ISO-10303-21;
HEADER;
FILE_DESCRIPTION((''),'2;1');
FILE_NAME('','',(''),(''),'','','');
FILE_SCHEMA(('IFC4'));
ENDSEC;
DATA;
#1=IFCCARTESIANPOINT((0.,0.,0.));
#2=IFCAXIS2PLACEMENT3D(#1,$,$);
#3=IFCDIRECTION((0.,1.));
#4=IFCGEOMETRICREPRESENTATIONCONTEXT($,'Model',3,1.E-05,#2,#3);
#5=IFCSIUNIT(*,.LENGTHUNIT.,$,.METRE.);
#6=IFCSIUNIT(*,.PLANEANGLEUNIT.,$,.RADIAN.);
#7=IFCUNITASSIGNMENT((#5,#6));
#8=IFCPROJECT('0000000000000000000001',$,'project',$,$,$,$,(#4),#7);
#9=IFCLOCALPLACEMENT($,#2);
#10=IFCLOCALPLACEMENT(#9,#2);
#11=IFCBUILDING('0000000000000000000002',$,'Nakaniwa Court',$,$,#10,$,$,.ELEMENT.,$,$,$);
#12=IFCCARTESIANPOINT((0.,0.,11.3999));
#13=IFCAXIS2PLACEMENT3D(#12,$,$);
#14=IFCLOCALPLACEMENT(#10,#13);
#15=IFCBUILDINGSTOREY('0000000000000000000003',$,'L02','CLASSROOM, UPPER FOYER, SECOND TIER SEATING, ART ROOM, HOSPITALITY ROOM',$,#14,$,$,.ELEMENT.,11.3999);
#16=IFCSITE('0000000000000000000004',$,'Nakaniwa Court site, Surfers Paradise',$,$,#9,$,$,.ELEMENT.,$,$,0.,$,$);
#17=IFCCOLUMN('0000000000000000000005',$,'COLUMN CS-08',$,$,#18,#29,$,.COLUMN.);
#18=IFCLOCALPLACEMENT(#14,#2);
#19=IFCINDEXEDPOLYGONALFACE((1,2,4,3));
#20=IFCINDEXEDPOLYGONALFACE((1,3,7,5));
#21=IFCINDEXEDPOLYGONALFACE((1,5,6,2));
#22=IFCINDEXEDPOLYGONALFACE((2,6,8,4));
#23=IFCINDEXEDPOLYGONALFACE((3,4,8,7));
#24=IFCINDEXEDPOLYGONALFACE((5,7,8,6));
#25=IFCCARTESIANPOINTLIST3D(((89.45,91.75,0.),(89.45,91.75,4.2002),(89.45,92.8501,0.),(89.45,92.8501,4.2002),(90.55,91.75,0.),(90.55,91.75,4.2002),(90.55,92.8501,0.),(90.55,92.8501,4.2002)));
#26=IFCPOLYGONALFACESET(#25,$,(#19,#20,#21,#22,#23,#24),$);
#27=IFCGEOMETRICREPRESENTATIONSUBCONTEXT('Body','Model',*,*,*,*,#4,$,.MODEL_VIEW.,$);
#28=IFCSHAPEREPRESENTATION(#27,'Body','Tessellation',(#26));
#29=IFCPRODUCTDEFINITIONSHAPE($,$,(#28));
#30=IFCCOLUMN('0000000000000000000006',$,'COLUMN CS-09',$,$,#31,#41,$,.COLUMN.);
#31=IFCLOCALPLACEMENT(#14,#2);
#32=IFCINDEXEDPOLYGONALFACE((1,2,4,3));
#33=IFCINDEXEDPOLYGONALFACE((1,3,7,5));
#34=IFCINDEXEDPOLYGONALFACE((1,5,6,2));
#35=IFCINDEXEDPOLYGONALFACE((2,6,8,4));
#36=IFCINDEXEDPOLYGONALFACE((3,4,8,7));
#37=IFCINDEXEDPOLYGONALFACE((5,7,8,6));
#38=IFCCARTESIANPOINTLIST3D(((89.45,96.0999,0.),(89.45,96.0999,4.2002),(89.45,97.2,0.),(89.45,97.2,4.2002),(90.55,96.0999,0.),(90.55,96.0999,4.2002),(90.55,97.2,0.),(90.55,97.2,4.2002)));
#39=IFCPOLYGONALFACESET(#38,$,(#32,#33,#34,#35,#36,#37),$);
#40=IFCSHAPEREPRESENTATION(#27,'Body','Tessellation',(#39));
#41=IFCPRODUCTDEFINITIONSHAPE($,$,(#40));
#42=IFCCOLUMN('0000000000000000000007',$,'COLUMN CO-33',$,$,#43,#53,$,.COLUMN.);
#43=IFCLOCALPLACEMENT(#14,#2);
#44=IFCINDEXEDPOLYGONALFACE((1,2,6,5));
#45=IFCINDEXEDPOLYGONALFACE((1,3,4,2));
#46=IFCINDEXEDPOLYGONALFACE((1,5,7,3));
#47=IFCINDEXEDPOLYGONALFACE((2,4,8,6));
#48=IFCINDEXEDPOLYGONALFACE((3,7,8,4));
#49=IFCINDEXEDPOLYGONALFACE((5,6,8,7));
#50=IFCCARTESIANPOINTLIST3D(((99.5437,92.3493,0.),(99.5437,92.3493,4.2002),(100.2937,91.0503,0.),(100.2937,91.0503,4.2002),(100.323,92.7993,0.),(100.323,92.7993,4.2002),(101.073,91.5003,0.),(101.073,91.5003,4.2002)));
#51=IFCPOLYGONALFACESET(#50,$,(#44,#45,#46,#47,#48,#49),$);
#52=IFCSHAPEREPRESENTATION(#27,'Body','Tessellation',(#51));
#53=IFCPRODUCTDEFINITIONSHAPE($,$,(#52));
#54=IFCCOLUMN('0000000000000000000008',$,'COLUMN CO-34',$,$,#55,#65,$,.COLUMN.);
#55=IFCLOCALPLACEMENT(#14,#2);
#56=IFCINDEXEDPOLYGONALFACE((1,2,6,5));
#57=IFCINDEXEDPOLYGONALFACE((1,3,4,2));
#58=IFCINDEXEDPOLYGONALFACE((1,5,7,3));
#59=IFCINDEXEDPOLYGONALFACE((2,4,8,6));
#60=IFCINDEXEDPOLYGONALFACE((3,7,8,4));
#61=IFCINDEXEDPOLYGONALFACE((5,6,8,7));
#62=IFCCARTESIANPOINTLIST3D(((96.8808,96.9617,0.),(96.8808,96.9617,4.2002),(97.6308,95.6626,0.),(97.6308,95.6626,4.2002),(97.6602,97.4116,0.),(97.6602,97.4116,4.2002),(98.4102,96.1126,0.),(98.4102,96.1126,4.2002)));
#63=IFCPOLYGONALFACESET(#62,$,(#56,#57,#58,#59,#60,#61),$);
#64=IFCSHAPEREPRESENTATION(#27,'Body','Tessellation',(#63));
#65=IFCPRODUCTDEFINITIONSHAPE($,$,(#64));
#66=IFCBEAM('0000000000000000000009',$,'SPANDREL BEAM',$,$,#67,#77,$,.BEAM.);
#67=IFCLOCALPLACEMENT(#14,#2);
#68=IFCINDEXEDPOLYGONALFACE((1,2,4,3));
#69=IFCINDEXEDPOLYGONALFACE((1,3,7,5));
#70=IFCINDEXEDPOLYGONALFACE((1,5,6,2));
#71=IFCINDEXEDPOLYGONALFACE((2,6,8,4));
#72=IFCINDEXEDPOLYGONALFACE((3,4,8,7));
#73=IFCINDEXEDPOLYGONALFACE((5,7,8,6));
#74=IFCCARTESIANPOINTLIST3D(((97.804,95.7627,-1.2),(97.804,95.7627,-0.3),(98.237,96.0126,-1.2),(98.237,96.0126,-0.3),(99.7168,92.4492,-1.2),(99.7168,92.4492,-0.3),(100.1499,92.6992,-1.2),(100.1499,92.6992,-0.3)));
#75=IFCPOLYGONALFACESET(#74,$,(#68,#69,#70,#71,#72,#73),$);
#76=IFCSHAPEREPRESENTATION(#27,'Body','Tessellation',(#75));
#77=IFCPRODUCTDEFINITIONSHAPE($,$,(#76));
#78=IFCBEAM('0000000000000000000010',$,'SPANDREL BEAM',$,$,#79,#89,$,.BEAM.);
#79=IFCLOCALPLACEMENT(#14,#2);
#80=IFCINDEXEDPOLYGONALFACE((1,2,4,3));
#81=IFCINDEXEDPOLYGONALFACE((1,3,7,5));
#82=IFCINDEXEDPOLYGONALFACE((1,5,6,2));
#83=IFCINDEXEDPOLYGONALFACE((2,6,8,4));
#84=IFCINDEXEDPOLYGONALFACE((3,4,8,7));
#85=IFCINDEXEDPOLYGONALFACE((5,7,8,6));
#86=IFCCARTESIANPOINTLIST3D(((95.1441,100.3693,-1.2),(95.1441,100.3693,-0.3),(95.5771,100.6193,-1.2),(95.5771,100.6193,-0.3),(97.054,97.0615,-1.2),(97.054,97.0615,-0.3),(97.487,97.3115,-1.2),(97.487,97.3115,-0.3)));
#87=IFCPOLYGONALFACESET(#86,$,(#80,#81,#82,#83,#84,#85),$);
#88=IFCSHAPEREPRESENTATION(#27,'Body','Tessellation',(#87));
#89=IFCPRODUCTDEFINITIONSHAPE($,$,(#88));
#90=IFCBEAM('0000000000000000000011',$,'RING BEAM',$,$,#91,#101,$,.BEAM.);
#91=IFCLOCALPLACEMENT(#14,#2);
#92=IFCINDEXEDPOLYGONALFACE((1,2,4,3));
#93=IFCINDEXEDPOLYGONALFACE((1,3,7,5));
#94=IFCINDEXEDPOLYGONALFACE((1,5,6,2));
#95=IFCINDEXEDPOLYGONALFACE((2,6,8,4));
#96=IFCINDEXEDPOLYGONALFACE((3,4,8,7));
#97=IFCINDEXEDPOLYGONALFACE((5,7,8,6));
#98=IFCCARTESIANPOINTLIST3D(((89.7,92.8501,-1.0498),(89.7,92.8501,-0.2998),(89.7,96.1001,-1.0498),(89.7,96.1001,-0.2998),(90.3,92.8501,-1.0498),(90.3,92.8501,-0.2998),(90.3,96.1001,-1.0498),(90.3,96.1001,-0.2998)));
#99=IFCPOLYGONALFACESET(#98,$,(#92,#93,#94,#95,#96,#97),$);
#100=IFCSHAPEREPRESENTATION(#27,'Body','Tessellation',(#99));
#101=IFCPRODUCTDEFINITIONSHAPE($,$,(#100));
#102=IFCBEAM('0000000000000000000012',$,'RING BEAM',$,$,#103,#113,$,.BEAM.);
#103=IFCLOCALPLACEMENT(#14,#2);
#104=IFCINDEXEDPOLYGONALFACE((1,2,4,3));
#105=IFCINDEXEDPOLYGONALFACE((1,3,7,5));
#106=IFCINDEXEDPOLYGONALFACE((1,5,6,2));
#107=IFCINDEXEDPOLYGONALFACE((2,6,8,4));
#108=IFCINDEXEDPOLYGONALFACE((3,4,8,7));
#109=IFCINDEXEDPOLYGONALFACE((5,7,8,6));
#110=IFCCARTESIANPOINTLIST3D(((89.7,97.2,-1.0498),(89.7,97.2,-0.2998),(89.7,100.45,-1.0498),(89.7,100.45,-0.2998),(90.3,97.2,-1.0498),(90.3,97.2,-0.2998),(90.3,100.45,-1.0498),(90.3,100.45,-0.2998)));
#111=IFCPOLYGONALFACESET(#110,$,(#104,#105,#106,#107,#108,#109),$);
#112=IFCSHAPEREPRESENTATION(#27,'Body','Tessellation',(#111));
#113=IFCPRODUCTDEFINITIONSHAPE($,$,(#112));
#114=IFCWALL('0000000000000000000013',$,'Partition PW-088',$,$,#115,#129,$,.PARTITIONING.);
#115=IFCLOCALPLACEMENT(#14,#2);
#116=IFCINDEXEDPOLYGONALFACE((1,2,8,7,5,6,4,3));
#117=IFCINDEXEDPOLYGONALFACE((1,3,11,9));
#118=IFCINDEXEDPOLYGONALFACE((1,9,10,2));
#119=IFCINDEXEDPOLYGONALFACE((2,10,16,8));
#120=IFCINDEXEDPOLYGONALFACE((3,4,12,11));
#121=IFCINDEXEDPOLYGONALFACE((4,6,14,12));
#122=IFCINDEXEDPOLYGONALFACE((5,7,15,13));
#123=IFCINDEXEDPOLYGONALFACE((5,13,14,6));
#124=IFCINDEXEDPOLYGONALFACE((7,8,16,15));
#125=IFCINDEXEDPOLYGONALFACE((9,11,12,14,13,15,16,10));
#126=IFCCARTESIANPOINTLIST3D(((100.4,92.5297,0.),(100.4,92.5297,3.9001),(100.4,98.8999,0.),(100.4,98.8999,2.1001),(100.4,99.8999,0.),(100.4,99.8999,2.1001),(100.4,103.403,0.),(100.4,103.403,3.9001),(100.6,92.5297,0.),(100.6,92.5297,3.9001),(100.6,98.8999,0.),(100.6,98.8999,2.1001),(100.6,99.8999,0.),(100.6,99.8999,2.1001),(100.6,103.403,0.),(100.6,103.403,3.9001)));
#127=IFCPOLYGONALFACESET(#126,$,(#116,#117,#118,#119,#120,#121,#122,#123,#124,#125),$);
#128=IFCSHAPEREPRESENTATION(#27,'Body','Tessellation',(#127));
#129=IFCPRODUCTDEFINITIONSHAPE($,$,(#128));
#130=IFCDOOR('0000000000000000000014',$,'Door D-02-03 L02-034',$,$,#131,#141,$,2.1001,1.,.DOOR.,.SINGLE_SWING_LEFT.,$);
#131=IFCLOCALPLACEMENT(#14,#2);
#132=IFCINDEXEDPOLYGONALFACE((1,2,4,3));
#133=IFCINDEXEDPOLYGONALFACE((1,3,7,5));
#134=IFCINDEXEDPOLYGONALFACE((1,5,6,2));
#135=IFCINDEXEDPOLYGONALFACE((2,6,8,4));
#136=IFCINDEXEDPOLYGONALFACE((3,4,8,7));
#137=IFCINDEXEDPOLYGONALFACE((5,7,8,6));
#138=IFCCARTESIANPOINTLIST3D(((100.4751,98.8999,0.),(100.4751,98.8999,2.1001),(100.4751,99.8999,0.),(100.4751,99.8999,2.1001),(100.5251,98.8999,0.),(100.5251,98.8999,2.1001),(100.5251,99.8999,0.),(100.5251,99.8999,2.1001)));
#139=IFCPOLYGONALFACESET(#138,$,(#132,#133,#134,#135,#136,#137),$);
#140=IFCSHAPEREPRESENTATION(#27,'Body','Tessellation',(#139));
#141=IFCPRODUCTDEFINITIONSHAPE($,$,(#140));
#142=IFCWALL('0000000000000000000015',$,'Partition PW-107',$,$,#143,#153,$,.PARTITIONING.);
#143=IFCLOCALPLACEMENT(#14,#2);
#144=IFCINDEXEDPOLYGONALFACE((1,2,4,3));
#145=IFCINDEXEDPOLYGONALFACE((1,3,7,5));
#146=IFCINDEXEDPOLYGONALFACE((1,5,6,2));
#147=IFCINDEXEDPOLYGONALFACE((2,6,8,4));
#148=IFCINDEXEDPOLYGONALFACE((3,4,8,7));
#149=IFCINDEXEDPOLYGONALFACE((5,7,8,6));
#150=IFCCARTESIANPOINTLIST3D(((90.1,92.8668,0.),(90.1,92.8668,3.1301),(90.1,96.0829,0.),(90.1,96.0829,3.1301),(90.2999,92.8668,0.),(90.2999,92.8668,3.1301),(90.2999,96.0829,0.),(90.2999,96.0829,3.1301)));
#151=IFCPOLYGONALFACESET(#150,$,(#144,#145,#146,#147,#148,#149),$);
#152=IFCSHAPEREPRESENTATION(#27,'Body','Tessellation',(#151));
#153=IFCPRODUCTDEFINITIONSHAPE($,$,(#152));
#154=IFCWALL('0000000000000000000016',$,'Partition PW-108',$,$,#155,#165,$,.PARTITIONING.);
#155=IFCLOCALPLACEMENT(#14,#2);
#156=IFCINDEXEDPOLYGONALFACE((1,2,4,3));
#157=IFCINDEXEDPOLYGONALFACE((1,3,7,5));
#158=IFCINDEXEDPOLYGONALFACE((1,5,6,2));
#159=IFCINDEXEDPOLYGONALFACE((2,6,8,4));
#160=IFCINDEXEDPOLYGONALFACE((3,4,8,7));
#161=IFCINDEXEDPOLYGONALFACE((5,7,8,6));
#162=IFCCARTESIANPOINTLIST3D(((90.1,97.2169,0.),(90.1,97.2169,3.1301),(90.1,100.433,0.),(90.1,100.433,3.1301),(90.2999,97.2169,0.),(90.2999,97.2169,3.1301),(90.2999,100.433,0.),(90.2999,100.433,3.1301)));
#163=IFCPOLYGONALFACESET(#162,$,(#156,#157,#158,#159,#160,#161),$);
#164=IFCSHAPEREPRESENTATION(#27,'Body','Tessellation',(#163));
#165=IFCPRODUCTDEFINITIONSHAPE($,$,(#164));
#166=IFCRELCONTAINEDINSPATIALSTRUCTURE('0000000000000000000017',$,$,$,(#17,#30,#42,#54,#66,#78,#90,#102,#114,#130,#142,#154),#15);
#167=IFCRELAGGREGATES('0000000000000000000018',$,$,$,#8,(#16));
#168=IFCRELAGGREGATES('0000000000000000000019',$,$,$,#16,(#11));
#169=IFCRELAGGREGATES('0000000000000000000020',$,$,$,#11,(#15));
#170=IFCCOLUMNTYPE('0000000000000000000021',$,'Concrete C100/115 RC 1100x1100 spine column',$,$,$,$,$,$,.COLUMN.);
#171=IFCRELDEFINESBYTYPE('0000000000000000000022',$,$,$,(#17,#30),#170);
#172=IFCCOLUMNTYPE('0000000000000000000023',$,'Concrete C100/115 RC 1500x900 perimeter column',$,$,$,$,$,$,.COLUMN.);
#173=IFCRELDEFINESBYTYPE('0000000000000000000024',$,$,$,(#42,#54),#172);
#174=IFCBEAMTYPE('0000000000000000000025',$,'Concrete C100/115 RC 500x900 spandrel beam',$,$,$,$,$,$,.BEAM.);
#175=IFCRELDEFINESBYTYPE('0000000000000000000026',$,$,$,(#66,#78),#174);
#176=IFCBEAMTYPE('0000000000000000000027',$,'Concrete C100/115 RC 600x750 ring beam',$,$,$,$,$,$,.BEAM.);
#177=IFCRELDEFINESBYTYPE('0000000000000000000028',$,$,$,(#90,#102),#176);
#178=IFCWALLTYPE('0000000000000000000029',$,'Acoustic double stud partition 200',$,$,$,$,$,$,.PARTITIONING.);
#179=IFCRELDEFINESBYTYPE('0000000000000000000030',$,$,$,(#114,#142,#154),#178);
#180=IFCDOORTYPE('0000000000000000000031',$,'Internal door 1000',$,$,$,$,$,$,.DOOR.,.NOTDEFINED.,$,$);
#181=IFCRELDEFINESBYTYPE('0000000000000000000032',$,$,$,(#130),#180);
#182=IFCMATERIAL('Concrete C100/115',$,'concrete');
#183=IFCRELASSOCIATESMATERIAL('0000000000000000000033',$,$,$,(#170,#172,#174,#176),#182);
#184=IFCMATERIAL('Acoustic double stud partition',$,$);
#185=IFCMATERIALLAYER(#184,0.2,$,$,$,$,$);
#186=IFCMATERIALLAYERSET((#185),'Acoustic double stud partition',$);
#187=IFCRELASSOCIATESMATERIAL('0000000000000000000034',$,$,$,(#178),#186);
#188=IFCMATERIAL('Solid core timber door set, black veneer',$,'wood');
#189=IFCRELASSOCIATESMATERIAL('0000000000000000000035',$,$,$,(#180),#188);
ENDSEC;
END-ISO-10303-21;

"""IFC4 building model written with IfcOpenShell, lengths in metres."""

from ifc_helpers import new_model, si_unit, direction, frame, frame_2d, origin, origin_2d, place, context, subcontext, project, spatial, rectangle, extrude, material, layer, layer_set, material_profile, profile_set, type_object, element, fill, save


model = new_model("IFC4")

# Units and contexts
model_context = context("Model", 3, precision=1e-05, world=origin(), true_north=direction((0.0, 1.0)))
body_context = subcontext(model_context, "Body", "Model", "MODEL_VIEW")
ifc_project = project(units=[si_unit("LENGTHUNIT", "METRE"), si_unit("PLANEANGLEUNIT", "RADIAN")], contexts=[model_context])

# Site, building, storey
site_placement = place(None, origin())
site = spatial("IfcSite", under=ifc_project, at=site_placement, Name="Nakaniwa Court site, Surfers Paradise", CompositionType="ELEMENT", RefElevation=0.0)
building_placement = place(site_placement, origin())
building = spatial("IfcBuilding", under=site, at=building_placement, Name="Nakaniwa Court", CompositionType="ELEMENT")
storey_placement = place(building_placement, frame((0.0, 0.0, 11.3999)))
storey = spatial("IfcBuildingStorey", under=building, at=storey_placement, Name="L02", Description="CLASSROOM, UPPER FOYER, SECOND TIER SEATING, ART ROOM, HOSPITALITY ROOM", CompositionType="ELEMENT", Elevation=11.3999)

# Columns
ifc_material_1 = material(Name="Concrete C100/115", Category="concrete")
ifc_material_profile_1 = material_profile(ifc_material_1, rectangle(XDim=1.1001, YDim=1.1001, at=origin_2d()), Name="Concrete C100/115 RC 1100x1100 spine column")
ifc_profile_set_1 = profile_set([ifc_material_profile_1], Name="Concrete C100/115")
column_type_1 = type_object("IfcColumnType", Name="Concrete C100/115 RC 1100x1100 spine column", PredefinedType="COLUMN", material=ifc_profile_set_1)
for number, where, z_axis, x_axis, name in (
    (1, (90.0, 92.3, 0.0), (0.0, 0.0, 1.0), (0.0, 1.0, 0.0), "COLUMN CS-08"),
    (2, (90.0, 96.6499, 0.0), (0.0, 0.0, 1.0), (0.0, 1.0, 0.0), "COLUMN CS-09"),
):
    element("IfcColumn", number, at=place(storey_placement, frame(where, z_axis=z_axis, x_axis=x_axis)), inside=storey, type_object=column_type_1, Name=name, PredefinedType="COLUMN", context=body_context, shape_type="SweptSolid", body=[
        extrude(rectangle(XDim=1.1001, YDim=1.1001, at=origin_2d()), origin(), (0.0, 0.0, 1.0), 4.2002),
    ])
ifc_material_profile_2 = material_profile(ifc_material_1, rectangle(XDim=1.5, YDim=0.8999, at=origin_2d()), Name="Concrete C100/115 RC 1500x900 perimeter column")
ifc_profile_set_2 = profile_set([ifc_material_profile_2], Name="Concrete C100/115")
column_type_2 = type_object("IfcColumnType", Name="Concrete C100/115 RC 1500x900 perimeter column", PredefinedType="COLUMN", material=ifc_profile_set_2)
for number, where, z_axis, x_axis, name in (
    (3, (100.3083, 91.9248, 0.0), (0.0, 0.0, 1.0), (-0.5, 0.866025, 0.0), "COLUMN CO-33"),
    (4, (97.6455, 96.5371, 0.0), (0.0, 0.0, 1.0), (-0.5, 0.866025, 0.0), "COLUMN CO-34"),
):
    element("IfcColumn", number, at=place(storey_placement, frame(where, z_axis=z_axis, x_axis=x_axis)), inside=storey, type_object=column_type_2, Name=name, PredefinedType="COLUMN", context=body_context, shape_type="SweptSolid", body=[
        extrude(rectangle(XDim=1.5, YDim=0.8999, at=origin_2d()), origin(), (0.0, 0.0, 1.0), 4.2002),
    ])

# Beams
ifc_material_profile_3 = material_profile(ifc_material_1, rectangle(XDim=0.5, YDim=0.8999, at=origin_2d()), Name="Concrete C100/115 RC 500x900 spandrel beam")
ifc_profile_set_3 = profile_set([ifc_material_profile_3], Name="Concrete C100/115")
beam_type_1 = type_object("IfcBeamType", Name="Concrete C100/115 RC 500x900 spandrel beam", PredefinedType="BEAM", material=ifc_profile_set_3)
beam_1_placement = place(storey_placement, frame((99.9333, 92.5742, -0.75), z_axis=(-0.499962, 0.866047, 0.0), x_axis=(-0.866047, -0.499962, 0.0)))
element("IfcBeam", 5, at=beam_1_placement, inside=storey, type_object=beam_type_1, Name="SPANDREL BEAM", PredefinedType="BEAM", context=body_context, shape_type="SweptSolid", body=[
    extrude(rectangle(XDim=0.5, YDim=0.8999, at=origin_2d()), origin(), (0.0, 0.0, 1.0), 3.8259),
])
beam_2_placement = place(storey_placement, frame((97.2705, 97.1865, -0.75), z_axis=(-0.500023, 0.866012, 0.0), x_axis=(-0.866012, -0.500023, 0.0)))
element("IfcBeam", 6, at=beam_2_placement, inside=storey, type_object=beam_type_1, Name="SPANDREL BEAM", PredefinedType="BEAM", context=body_context, shape_type="SweptSolid", body=[
    extrude(rectangle(XDim=0.5, YDim=0.8999, at=origin_2d()), origin(), (0.0, 0.0, 1.0), 3.8196),
])
ifc_material_profile_4 = material_profile(ifc_material_1, rectangle(XDim=0.6001, YDim=0.75, at=origin_2d()), Name="Concrete C100/115 RC 600x750 ring beam")
ifc_profile_set_4 = profile_set([ifc_material_profile_4], Name="Concrete C100/115")
beam_type_2 = type_object("IfcBeamType", Name="Concrete C100/115 RC 600x750 ring beam", PredefinedType="BEAM", material=ifc_profile_set_4)
for number, where, z_axis, x_axis, name in (
    (7, (90.0, 92.8501, -0.6748), (0.0, 1.0, 0.0), (-1.0, 0.0, 0.0), "RING BEAM"),
    (8, (90.0, 97.2, -0.6748), (0.0, 1.0, 0.0), (-1.0, 0.0, 0.0), "RING BEAM"),
):
    element("IfcBeam", number, at=place(storey_placement, frame(where, z_axis=z_axis, x_axis=x_axis)), inside=storey, type_object=beam_type_2, Name=name, PredefinedType="BEAM", context=body_context, shape_type="SweptSolid", body=[
        extrude(rectangle(XDim=0.6001, YDim=0.75, at=origin_2d()), origin(), (0.0, 0.0, 1.0), 3.25),
    ])

# Wall, opening, door
ifc_material_2 = material(Name="Acoustic double stud partition")
ifc_layer_1 = layer(ifc_material_2, 0.2)
ifc_layer_set_1 = layer_set([ifc_layer_1], Name="Acoustic double stud partition")
wall_type_1 = type_object("IfcWallType", Name="Acoustic double stud partition 200", PredefinedType="PARTITIONING", material=ifc_layer_set_1)
wall_1_placement = place(storey_placement, frame((100.5, 92.5298, 0.0), z_axis=(0.0, 0.0, 1.0), x_axis=(0.0, 1.0, 0.0)))
wall_1 = element("IfcWall", 9, at=wall_1_placement, inside=storey, type_object=wall_type_1, Name="Partition PW-088", PredefinedType="PARTITIONING", context=body_context, shape_type="SweptSolid", body=[
    extrude(rectangle(XDim=10.8733, YDim=0.2, at=frame_2d((5.4365, 0.0))), origin(), (0.0, 0.0, 1.0), 3.9001),
])
opening_1_placement = place(wall_1_placement, frame((6.3701, 0.0, 0.0)))
opening_1 = element("IfcOpeningElement", 10, at=opening_1_placement, cuts=wall_1, PredefinedType="OPENING", context=body_context, shape_type="SweptSolid", body=[
    extrude(rectangle(XDim=1.0, YDim=2.1001, at=frame_2d((0.5, 1.05))), frame((0.0, 0.1099, 0.0), z_axis=(0.0, -1.0, 0.0), x_axis=(1.0, 0.0, 0.0)), (0.0, 0.0, 1.0), 0.22),
])
ifc_material_3 = material(Name="Solid core timber door set, black veneer", Category="wood")
door_type_1 = type_object("IfcDoorType", Name="Internal door 1000", OperationType="NOTDEFINED", PredefinedType="DOOR", material=ifc_material_3)
door_1_placement = place(opening_1_placement, origin())
door_1 = element("IfcDoor", 11, at=door_1_placement, inside=storey, type_object=door_type_1, Name="Door D-02-03 L02-034", OperationType="SINGLE_SWING_LEFT", OverallHeight=2.1001, OverallWidth=1.0, PredefinedType="DOOR", context=body_context, shape_type="SweptSolid", body=[
    extrude(rectangle(XDim=1.0, YDim=2.1001, at=frame_2d((0.5, 1.05))), frame((0.0, 0.0249, 0.0), z_axis=(0.0, -1.0, 0.0), x_axis=(1.0, 0.0, 0.0)), (0.0, 0.0, 1.0), 0.05),
])
fill(opening_1, door_1)

# Walls
for number, where, z_axis, x_axis, name in (
    (12, (90.2, 92.8669, 0.0), (0.0, 0.0, 1.0), (0.0, 1.0, 0.0), "Partition PW-107"),
    (13, (90.2, 97.217, 0.0), (0.0, 0.0, 1.0), (0.0, 1.0, 0.0), "Partition PW-108"),
):
    element("IfcWall", number, at=place(storey_placement, frame(where, z_axis=z_axis, x_axis=x_axis)), inside=storey, type_object=wall_type_1, Name=name, PredefinedType="PARTITIONING", context=body_context, shape_type="SweptSolid", body=[
        extrude(rectangle(XDim=3.2161, YDim=0.2, at=frame_2d((1.6079, 0.0))), origin(), (0.0, 0.0, 1.0), 3.1301),
    ])

save(model, "model.ifc")
